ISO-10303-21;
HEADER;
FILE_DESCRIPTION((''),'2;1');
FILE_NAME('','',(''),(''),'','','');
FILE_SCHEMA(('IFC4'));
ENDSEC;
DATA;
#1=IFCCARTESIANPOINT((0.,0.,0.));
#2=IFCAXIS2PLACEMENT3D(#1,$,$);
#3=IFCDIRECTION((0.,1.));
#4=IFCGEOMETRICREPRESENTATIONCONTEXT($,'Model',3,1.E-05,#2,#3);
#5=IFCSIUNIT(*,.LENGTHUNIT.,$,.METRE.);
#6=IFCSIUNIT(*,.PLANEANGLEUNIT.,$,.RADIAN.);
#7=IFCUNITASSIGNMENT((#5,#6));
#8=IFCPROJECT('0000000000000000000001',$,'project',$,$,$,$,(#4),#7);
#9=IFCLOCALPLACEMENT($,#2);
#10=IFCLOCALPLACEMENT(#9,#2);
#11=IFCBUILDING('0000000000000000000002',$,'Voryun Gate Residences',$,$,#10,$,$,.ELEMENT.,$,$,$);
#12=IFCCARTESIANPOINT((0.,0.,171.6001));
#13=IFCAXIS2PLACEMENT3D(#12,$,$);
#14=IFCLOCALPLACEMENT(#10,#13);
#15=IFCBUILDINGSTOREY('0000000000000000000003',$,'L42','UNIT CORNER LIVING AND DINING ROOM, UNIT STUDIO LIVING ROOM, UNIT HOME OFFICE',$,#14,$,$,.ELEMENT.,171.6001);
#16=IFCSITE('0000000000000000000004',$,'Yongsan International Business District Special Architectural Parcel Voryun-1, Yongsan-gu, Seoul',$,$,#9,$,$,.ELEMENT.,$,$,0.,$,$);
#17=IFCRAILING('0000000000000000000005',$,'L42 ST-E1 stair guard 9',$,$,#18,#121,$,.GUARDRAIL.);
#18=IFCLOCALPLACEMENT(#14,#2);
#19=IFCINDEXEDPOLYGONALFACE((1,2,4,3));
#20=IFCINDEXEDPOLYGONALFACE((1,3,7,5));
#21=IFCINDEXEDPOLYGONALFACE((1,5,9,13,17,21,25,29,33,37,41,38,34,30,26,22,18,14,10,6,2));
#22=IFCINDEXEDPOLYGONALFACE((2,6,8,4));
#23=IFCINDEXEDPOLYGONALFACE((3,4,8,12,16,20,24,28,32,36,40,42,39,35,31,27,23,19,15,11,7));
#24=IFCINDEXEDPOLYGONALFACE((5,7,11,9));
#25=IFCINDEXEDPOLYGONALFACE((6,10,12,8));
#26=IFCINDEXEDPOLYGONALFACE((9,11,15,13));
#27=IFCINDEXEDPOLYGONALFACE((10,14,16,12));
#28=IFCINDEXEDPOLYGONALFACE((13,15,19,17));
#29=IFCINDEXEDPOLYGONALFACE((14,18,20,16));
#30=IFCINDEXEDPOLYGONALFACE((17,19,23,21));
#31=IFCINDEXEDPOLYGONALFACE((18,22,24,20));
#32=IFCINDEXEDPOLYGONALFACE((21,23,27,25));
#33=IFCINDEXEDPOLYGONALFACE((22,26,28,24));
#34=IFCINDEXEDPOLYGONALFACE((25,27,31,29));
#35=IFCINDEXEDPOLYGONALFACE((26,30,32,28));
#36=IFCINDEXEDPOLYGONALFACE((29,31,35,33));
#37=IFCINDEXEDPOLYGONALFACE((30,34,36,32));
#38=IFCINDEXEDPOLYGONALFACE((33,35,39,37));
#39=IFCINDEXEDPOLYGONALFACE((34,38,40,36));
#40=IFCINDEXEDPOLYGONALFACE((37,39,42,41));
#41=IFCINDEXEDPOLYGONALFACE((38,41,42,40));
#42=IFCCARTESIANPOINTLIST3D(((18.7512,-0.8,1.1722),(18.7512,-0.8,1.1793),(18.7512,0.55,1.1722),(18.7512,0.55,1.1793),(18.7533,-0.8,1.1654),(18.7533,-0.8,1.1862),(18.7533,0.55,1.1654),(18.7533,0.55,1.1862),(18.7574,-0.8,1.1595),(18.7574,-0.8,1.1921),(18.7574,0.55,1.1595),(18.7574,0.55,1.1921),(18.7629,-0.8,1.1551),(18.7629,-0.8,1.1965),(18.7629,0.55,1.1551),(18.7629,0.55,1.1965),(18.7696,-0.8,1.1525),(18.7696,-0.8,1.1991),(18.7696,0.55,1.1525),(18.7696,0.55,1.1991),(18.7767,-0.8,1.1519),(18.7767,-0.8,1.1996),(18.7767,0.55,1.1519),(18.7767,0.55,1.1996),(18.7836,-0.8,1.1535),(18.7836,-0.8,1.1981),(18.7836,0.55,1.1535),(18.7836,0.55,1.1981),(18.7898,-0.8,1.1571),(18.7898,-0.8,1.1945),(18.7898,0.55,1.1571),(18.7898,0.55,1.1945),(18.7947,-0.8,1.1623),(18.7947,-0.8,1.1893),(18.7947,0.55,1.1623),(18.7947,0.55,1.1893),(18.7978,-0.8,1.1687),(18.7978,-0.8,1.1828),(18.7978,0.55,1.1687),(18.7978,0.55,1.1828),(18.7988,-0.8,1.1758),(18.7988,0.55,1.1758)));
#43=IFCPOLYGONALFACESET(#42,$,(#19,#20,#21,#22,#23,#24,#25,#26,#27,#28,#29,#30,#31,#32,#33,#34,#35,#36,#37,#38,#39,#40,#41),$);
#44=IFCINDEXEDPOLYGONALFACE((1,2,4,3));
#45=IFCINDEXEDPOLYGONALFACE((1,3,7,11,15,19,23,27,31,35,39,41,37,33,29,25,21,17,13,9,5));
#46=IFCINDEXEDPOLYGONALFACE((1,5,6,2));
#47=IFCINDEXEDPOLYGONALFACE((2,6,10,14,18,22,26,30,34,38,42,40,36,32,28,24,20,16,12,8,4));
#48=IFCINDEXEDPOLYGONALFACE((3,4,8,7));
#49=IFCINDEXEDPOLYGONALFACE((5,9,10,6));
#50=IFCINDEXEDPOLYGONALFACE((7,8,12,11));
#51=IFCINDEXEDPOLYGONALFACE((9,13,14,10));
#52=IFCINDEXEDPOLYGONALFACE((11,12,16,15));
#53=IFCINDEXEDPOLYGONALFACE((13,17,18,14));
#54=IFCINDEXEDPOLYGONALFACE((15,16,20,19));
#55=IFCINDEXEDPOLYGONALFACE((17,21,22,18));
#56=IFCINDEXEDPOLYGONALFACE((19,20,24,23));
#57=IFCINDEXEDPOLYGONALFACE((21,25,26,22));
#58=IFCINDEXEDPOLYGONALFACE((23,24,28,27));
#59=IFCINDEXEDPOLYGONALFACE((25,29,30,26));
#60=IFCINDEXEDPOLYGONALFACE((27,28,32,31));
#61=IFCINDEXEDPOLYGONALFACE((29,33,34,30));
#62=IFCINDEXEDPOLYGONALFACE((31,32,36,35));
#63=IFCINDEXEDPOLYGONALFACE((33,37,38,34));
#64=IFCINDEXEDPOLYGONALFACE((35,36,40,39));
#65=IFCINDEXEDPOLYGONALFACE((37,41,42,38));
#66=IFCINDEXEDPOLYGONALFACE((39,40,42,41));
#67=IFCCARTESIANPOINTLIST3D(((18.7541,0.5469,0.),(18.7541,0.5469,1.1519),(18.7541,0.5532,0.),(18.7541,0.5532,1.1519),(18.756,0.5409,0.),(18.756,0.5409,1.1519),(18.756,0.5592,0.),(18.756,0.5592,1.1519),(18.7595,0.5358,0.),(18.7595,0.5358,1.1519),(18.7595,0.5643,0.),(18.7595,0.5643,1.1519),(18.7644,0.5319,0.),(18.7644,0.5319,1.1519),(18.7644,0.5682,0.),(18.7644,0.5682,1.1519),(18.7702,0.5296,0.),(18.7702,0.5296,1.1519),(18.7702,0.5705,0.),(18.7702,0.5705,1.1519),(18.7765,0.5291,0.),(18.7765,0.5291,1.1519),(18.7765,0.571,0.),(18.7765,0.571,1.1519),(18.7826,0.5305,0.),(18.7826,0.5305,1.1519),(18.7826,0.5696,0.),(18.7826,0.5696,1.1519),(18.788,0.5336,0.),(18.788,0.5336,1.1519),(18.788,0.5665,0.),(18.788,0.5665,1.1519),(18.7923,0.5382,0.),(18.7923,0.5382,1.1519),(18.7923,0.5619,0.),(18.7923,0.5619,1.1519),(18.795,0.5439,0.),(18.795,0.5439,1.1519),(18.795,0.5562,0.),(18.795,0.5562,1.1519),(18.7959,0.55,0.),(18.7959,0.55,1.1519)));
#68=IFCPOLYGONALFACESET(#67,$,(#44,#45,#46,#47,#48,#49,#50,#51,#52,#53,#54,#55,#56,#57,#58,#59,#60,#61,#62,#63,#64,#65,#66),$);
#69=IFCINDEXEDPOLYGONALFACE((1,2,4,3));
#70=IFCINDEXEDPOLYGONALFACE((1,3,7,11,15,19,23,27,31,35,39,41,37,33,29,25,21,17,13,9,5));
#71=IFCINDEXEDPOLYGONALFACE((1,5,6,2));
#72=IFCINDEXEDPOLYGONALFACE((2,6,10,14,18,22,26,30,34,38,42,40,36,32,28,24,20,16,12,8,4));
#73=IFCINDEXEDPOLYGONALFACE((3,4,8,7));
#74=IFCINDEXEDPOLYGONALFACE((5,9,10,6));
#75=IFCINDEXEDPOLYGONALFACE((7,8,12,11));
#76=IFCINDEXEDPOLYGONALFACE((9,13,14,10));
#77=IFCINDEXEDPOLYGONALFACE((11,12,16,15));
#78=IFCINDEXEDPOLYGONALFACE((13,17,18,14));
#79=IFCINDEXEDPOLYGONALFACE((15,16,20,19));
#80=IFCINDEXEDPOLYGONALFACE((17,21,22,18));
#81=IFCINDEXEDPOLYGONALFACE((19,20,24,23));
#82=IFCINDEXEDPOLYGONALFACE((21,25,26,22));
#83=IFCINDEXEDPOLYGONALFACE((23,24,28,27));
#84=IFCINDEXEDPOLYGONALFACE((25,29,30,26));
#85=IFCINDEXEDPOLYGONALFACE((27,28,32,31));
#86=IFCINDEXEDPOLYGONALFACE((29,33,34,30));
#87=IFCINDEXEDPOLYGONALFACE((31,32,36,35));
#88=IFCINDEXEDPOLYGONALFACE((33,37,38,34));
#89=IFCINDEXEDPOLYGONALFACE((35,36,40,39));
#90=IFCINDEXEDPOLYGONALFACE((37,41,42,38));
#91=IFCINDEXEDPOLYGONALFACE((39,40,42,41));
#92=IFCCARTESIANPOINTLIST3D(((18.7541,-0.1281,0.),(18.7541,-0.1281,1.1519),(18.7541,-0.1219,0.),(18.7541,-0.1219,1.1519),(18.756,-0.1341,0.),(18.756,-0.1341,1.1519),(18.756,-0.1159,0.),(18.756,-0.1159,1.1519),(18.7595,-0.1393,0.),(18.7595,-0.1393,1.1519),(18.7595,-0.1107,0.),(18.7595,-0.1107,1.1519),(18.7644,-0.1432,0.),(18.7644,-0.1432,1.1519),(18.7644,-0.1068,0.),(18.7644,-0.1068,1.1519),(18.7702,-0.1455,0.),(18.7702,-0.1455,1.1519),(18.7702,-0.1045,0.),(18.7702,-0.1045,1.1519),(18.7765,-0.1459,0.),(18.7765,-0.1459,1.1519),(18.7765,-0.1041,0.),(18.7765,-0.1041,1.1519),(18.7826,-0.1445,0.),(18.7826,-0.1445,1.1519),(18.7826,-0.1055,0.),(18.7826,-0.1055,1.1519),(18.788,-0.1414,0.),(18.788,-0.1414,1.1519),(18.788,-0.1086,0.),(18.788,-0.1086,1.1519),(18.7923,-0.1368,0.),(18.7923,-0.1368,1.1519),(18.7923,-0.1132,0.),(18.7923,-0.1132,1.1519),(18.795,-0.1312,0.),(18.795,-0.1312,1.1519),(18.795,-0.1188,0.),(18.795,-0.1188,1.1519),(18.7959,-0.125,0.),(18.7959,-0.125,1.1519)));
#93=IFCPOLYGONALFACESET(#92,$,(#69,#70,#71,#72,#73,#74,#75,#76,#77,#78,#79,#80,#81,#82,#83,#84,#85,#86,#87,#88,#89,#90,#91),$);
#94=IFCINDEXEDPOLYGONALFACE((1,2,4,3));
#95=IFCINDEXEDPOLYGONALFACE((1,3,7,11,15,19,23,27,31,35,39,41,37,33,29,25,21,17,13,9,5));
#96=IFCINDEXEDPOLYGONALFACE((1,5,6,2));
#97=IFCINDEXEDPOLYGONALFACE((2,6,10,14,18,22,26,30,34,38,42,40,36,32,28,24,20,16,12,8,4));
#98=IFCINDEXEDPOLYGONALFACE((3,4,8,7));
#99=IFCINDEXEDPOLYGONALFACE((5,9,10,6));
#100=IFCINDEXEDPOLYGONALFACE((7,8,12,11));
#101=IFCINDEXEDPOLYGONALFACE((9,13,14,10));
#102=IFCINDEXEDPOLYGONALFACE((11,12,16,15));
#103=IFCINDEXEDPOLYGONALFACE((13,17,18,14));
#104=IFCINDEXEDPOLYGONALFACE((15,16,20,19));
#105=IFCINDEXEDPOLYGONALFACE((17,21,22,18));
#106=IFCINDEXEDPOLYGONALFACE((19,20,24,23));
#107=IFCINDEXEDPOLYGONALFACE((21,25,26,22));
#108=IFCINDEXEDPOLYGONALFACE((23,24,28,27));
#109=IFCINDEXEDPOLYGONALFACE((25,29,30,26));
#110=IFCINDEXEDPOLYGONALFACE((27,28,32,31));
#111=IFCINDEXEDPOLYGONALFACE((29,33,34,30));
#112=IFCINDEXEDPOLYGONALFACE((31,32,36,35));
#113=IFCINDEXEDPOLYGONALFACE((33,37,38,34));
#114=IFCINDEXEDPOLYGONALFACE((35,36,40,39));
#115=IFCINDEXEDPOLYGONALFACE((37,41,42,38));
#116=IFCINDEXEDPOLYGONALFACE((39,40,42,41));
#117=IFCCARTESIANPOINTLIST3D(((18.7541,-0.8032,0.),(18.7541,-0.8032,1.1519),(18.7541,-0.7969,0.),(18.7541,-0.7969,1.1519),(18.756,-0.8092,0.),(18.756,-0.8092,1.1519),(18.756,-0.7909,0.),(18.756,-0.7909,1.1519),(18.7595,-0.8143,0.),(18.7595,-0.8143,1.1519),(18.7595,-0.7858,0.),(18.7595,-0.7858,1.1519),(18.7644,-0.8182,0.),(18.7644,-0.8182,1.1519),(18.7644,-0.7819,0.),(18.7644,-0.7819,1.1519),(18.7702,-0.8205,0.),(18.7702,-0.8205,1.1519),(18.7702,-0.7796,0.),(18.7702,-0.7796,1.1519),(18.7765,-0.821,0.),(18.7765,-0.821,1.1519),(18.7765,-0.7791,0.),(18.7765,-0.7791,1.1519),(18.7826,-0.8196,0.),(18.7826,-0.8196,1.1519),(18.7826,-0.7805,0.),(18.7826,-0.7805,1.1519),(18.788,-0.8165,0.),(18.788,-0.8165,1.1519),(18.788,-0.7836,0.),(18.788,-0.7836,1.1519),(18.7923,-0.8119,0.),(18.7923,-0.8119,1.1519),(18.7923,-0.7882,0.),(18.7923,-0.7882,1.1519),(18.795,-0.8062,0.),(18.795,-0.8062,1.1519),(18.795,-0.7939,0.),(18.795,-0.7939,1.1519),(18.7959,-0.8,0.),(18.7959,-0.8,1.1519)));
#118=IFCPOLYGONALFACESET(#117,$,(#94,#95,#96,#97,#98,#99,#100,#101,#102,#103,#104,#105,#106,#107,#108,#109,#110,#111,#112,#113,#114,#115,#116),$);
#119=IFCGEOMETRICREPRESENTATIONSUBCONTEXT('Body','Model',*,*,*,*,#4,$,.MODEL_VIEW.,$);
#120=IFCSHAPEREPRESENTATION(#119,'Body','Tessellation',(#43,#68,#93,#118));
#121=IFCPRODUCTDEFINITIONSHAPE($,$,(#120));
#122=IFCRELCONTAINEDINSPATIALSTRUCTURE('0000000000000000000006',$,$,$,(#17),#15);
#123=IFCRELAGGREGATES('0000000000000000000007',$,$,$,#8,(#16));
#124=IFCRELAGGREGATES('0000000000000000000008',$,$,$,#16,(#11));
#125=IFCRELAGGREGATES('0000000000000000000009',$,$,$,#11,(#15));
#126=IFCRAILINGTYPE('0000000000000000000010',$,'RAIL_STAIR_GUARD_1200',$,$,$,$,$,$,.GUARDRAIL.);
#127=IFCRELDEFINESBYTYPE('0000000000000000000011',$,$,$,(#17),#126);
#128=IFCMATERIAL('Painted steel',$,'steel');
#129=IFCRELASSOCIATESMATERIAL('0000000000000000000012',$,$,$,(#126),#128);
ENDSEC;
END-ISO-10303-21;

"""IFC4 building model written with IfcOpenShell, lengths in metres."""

from ifc_helpers import new_model, si_unit, direction, frame, origin, origin_2d, place, context, subcontext, project, spatial, circle, extrude, material, type_object, element, save


model = new_model("IFC4")

# Units and contexts
model_context = context("Model", 3, precision=1e-05, world=origin(), true_north=direction((0.0, 1.0)))
body_context = subcontext(model_context, "Body", "Model", "MODEL_VIEW")
ifc_project = project(units=[si_unit("LENGTHUNIT", "METRE"), si_unit("PLANEANGLEUNIT", "RADIAN")], contexts=[model_context])

# Site, building, storey
site_placement = place(None, origin())
site = spatial("IfcSite", under=ifc_project, at=site_placement, Name="Yongsan International Business District Special Architectural Parcel Voryun-1, Yongsan-gu, Seoul", CompositionType="ELEMENT", RefElevation=0.0)
building_placement = place(site_placement, origin())
building = spatial("IfcBuilding", under=site, at=building_placement, Name="Voryun Gate Residences", CompositionType="ELEMENT")
storey_placement = place(building_placement, frame((0.0, 0.0, 171.6001)))
storey = spatial("IfcBuildingStorey", under=building, at=storey_placement, Name="L42", Description="UNIT CORNER LIVING AND DINING ROOM, UNIT STUDIO LIVING ROOM, UNIT HOME OFFICE", CompositionType="ELEMENT", Elevation=171.6001)

# Railing
ifc_material_1 = material(Name="Painted steel", Category="steel")
railing_type = type_object("IfcRailingType", Name="RAIL_STAIR_GUARD_1200", PredefinedType="GUARDRAIL", material=ifc_material_1)
for number, where, name in (
    (1, (18.7749, 0.55, 0.0), "L42 ST-E1 stair guard 9"),
):
    element("IfcRailing", number, at=place(storey_placement, frame(where)), inside=storey, type_object=railing_type, Name=name, PredefinedType="GUARDRAIL", context=body_context, shape_type="SweptSolid", body=[
        extrude(circle(Radius=0.0239, at=origin_2d()), frame((0.0, 0.0, 1.1758), z_axis=(0.0, -1.0, 0.0), x_axis=(1.0, 0.0, 0.0)), (0.0, 0.0, 1.0), 1.3501),
        extrude(circle(Radius=0.021, at=origin_2d()), origin(), (0.0, 0.0, 1.0), 1.1519),
        extrude(circle(Radius=0.021, at=origin_2d()), frame((0.0, -0.675, 0.0)), (0.0, 0.0, 1.0), 1.1519),
        extrude(circle(Radius=0.021, at=origin_2d()), frame((0.0, -1.3501, 0.0)), (0.0, 0.0, 1.0), 1.1519),
    ])

save(model, "model.ifc")
